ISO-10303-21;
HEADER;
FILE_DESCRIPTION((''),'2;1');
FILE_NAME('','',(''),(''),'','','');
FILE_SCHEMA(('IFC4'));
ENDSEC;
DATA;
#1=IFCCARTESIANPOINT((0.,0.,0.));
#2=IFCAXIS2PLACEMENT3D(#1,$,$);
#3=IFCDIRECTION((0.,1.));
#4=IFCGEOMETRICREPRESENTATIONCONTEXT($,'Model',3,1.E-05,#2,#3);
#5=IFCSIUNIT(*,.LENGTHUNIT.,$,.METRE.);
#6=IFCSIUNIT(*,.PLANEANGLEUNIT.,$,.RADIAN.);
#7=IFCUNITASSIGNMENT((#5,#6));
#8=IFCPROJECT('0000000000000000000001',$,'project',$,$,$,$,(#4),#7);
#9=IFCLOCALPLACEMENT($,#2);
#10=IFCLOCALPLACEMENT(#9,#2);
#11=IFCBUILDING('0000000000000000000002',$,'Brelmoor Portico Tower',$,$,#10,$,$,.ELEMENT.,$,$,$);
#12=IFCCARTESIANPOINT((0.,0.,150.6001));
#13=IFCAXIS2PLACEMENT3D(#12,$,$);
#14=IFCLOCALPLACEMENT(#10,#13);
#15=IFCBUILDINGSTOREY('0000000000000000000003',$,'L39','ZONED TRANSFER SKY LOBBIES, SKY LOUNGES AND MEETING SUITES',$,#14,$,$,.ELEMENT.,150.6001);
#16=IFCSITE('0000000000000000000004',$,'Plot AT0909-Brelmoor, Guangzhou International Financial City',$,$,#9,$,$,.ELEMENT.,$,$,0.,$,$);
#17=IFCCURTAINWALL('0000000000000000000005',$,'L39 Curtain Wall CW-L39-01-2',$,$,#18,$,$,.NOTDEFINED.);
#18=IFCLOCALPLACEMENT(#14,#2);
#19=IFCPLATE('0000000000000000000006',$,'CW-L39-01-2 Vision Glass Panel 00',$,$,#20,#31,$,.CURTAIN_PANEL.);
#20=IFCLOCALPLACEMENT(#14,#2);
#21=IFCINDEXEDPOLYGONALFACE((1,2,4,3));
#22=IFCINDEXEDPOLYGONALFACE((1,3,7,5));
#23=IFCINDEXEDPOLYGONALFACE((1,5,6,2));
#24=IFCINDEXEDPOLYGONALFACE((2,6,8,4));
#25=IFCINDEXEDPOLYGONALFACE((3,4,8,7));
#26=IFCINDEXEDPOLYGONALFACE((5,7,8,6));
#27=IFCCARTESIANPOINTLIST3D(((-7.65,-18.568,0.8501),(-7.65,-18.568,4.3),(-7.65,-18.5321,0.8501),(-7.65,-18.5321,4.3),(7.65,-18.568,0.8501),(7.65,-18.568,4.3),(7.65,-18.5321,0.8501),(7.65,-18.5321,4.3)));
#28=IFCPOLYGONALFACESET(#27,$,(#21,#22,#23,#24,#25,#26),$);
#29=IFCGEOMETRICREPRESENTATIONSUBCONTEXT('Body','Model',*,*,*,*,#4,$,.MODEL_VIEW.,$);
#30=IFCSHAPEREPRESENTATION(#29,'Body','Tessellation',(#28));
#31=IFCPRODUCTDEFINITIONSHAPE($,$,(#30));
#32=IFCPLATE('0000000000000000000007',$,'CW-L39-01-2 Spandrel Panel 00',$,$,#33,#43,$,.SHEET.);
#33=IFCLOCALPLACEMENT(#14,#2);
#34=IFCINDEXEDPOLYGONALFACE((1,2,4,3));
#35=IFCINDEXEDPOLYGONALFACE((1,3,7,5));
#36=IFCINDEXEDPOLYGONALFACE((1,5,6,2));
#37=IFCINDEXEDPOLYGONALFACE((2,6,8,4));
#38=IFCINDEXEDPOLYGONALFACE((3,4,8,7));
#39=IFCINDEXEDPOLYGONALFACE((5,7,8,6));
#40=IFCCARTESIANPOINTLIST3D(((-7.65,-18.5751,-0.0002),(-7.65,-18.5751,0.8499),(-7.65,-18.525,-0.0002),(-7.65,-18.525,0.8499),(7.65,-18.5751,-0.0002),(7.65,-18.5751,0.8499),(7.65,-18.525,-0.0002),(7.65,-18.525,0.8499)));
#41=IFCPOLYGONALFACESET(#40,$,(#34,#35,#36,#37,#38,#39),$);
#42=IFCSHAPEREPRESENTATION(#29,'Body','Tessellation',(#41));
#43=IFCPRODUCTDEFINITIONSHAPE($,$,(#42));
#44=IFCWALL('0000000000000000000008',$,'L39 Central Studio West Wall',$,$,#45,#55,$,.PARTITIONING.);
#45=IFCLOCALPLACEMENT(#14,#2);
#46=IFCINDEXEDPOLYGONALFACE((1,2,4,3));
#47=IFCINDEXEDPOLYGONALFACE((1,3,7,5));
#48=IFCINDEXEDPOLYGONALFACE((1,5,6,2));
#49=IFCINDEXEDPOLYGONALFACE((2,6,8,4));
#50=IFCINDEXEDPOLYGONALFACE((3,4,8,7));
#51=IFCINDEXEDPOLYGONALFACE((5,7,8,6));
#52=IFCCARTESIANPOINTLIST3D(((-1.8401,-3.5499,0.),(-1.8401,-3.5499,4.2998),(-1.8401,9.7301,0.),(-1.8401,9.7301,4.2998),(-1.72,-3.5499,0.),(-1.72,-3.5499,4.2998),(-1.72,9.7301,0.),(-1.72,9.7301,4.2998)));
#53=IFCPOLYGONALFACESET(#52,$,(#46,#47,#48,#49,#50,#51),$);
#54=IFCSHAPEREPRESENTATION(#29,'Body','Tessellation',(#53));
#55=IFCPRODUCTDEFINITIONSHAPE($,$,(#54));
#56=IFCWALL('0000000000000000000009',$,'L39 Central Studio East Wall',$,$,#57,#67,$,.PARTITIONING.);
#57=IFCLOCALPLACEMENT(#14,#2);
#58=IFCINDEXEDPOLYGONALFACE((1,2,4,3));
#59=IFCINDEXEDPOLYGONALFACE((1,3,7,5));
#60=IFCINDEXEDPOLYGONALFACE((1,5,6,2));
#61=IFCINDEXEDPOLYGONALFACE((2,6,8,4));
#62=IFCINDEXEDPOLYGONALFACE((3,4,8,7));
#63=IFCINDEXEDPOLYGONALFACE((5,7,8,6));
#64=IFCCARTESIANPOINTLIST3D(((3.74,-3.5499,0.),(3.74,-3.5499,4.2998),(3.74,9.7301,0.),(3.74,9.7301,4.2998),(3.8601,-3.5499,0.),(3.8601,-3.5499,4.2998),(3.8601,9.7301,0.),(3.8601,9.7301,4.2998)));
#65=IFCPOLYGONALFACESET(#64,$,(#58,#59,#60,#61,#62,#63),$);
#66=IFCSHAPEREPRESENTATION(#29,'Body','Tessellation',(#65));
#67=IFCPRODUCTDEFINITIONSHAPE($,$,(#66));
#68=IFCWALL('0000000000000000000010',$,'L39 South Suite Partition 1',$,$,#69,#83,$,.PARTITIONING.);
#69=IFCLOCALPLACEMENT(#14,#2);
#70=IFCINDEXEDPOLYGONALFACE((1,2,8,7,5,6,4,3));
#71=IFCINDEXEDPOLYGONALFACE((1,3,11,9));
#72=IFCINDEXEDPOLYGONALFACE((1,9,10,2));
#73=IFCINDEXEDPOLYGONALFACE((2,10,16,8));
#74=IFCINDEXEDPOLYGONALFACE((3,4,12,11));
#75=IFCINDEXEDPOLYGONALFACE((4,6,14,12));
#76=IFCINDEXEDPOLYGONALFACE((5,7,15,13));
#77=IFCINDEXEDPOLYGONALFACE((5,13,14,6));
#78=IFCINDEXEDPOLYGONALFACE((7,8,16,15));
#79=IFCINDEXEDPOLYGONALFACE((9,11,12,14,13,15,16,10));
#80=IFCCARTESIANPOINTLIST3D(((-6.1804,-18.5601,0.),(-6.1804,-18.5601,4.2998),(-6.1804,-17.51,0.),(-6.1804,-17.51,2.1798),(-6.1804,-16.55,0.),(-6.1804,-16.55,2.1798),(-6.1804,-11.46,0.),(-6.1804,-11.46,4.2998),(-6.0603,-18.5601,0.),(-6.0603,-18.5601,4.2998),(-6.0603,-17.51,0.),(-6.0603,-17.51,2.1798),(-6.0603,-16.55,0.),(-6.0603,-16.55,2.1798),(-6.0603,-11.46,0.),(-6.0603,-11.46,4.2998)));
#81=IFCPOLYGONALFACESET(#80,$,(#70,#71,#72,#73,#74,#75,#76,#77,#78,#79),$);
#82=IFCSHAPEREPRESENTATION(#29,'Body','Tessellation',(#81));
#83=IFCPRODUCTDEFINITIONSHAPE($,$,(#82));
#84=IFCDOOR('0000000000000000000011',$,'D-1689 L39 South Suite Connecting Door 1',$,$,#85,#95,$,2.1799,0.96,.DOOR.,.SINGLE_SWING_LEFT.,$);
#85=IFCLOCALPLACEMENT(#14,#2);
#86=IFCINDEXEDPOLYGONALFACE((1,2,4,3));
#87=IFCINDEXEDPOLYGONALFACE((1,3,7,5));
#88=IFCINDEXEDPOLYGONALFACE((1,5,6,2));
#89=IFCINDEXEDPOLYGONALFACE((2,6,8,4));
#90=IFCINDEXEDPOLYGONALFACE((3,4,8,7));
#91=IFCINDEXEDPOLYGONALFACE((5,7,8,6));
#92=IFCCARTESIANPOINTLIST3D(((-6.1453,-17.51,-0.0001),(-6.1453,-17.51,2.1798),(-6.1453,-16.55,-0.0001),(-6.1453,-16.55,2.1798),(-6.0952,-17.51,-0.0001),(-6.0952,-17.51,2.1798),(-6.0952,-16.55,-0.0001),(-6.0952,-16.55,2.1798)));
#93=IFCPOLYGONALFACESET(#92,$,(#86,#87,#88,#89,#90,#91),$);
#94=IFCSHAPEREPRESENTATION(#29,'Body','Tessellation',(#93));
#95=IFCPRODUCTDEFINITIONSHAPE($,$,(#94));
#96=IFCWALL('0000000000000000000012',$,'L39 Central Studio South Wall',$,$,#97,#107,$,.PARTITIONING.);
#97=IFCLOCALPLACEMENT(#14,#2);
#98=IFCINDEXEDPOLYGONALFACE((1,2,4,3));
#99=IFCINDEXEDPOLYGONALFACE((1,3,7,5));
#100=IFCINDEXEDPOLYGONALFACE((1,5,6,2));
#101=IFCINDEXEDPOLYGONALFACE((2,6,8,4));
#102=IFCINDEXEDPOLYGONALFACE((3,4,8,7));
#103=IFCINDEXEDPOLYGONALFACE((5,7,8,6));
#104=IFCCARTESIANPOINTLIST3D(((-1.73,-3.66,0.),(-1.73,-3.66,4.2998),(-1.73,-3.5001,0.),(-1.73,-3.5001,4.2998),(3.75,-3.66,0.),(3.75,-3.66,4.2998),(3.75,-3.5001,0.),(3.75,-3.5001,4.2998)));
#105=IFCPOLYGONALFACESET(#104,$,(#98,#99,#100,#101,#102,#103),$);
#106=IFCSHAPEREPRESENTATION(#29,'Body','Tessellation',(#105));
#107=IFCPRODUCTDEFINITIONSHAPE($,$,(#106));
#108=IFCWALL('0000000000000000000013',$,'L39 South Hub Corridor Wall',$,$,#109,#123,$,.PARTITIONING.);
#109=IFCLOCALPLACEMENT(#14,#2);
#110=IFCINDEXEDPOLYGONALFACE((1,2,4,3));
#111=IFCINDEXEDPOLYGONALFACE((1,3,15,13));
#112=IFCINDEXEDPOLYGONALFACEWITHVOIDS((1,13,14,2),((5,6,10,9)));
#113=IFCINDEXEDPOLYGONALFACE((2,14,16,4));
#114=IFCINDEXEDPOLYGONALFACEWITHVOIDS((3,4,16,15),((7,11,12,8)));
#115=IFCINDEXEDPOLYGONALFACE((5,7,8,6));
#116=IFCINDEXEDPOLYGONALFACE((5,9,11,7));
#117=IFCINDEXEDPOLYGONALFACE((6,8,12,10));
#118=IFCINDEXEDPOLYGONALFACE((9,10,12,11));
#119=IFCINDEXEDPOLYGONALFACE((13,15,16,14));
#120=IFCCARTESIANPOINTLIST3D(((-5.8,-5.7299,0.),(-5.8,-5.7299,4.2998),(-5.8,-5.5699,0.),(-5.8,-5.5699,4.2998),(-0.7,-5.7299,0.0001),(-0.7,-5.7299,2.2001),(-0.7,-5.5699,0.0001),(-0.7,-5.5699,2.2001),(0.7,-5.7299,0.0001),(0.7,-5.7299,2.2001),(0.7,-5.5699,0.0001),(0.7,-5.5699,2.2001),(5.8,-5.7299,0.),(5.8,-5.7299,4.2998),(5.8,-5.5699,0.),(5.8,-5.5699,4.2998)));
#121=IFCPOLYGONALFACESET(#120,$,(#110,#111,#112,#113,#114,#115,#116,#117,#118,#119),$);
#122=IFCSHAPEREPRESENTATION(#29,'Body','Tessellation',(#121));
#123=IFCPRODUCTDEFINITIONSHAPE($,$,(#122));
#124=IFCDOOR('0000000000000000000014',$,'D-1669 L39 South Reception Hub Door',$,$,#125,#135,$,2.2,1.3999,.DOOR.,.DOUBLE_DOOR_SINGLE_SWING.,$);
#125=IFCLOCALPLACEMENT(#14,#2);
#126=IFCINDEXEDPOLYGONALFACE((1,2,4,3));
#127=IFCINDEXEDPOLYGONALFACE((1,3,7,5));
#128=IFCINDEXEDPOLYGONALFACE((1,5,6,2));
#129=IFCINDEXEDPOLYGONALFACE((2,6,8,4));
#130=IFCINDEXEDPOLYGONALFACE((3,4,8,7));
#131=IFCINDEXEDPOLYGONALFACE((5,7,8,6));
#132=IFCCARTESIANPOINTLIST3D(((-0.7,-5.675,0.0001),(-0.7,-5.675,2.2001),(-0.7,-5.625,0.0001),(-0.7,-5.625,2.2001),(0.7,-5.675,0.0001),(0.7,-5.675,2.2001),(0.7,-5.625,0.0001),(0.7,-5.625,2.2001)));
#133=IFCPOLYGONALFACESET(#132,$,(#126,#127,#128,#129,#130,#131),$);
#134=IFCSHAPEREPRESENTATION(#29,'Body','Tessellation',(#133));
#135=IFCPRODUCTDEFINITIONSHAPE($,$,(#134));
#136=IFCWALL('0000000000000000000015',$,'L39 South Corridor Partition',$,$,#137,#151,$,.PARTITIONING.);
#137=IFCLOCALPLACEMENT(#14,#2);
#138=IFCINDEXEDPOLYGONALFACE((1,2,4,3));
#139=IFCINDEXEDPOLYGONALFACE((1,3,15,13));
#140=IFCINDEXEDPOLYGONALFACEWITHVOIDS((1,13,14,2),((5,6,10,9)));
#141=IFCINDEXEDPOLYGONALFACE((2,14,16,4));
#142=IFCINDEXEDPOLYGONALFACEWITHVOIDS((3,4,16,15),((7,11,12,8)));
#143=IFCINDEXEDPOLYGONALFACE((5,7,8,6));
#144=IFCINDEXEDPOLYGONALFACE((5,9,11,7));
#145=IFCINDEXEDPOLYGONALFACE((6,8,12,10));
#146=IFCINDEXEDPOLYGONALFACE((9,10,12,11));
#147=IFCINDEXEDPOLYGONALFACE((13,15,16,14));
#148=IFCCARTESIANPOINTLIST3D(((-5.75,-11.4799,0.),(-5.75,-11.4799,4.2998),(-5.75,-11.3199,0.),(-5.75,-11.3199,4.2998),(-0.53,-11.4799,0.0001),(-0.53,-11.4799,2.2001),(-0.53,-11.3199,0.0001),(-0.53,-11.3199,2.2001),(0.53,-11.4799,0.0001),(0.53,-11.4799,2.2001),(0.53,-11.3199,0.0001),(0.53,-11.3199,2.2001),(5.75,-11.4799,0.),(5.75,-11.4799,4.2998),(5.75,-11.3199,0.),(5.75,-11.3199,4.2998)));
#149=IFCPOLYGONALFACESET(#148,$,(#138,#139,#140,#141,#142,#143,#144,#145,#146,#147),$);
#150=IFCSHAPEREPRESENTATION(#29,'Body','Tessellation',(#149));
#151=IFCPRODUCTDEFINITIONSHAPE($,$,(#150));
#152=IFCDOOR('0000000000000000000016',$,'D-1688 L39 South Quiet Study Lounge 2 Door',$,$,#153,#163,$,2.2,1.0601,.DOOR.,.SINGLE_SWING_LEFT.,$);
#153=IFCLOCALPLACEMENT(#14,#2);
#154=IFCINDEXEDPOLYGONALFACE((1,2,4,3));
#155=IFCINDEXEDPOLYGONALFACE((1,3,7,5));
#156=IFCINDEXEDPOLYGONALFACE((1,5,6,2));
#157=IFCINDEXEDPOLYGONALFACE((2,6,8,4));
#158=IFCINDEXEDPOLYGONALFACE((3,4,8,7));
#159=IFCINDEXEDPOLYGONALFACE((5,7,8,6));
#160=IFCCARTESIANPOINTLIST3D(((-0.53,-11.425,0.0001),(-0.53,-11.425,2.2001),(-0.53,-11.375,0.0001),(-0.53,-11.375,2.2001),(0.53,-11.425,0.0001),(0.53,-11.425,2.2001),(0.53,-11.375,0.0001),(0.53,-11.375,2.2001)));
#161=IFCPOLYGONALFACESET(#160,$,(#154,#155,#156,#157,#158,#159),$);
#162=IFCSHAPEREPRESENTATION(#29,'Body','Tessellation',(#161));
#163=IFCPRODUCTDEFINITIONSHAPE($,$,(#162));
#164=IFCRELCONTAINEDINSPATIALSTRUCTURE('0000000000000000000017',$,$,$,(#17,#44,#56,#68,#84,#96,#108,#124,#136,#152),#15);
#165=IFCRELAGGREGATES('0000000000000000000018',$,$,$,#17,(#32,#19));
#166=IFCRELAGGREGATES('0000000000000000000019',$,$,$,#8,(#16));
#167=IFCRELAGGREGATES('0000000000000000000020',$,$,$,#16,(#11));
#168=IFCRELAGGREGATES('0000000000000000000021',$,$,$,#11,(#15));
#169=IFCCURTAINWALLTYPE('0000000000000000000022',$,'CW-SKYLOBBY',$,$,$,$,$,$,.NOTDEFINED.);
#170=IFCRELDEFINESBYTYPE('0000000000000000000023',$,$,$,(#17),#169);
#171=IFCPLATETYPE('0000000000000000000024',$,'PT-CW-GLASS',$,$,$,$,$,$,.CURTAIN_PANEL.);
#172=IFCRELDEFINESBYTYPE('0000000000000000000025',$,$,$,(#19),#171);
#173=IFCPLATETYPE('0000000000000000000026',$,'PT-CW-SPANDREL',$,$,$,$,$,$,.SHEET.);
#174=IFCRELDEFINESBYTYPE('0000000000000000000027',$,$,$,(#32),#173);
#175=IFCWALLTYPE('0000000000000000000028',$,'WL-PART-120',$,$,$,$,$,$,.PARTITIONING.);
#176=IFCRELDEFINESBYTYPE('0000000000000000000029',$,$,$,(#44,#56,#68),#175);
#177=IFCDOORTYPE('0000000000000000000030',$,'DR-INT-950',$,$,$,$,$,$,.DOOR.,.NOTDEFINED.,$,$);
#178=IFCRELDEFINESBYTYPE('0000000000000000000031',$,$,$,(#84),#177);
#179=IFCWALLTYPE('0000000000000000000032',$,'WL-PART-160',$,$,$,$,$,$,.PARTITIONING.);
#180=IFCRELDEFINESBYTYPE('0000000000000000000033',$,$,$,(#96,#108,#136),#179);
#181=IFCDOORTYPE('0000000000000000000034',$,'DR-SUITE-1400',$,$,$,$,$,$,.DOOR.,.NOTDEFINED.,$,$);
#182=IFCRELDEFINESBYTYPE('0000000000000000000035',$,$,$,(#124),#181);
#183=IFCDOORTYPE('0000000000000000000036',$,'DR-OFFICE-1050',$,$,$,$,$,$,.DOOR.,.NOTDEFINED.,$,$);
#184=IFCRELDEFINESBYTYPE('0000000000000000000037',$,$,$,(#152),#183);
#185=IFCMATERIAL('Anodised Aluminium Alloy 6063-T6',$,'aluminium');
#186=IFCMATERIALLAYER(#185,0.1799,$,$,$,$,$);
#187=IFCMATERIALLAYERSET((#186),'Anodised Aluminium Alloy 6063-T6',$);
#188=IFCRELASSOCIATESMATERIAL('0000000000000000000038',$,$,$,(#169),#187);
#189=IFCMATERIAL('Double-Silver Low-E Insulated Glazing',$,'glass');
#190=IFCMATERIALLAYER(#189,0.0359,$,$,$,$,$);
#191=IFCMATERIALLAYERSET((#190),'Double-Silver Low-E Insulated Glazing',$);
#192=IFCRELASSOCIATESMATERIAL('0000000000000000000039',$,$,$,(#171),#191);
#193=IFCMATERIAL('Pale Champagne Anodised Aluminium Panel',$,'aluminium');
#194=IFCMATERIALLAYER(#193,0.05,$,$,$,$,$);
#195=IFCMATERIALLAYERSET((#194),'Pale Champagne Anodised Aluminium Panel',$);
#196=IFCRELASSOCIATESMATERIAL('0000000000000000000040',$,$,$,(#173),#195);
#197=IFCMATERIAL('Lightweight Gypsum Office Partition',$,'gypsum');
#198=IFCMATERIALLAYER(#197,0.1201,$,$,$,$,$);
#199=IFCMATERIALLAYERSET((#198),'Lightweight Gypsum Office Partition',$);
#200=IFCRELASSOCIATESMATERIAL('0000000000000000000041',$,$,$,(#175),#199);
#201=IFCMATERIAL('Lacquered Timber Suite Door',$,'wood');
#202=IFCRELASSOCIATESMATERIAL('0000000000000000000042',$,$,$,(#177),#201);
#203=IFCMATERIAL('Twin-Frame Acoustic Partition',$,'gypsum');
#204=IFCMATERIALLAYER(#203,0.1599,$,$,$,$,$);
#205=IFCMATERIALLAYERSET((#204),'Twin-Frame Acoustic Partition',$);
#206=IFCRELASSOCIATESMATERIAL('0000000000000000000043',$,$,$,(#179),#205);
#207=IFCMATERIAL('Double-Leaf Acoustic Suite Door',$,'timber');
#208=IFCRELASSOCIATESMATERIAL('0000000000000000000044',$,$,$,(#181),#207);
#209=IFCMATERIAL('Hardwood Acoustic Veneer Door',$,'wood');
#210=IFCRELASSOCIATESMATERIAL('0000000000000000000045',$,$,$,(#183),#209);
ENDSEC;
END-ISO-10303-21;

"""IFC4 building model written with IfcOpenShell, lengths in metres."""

from ifc_helpers import new_model, si_unit, direction, frame, frame_2d, origin, origin_2d, place, context, subcontext, project, spatial, rectangle, extrude, material, layer, layer_set, type_object, element, fill, aggregate, save


model = new_model("IFC4")

# Units and contexts
model_context = context("Model", 3, precision=1e-05, world=origin(), true_north=direction((0.0, 1.0)))
body_context = subcontext(model_context, "Body", "Model", "MODEL_VIEW")
ifc_project = project(units=[si_unit("LENGTHUNIT", "METRE"), si_unit("PLANEANGLEUNIT", "RADIAN")], contexts=[model_context])

# Site, building, storey
site_placement = place(None, origin())
site = spatial("IfcSite", under=ifc_project, at=site_placement, Name="Plot AT0909-Brelmoor, Guangzhou International Financial City", CompositionType="ELEMENT", RefElevation=0.0)
building_placement = place(site_placement, origin())
building = spatial("IfcBuilding", under=site, at=building_placement, Name="Brelmoor Portico Tower", CompositionType="ELEMENT")
storey_placement = place(building_placement, frame((0.0, 0.0, 150.6001)))
storey = spatial("IfcBuildingStorey", under=building, at=storey_placement, Name="L39", Description="ZONED TRANSFER SKY LOBBIES, SKY LOUNGES AND MEETING SUITES", CompositionType="ELEMENT", Elevation=150.6001)

# Curtain wall
ifc_material_1 = material(Name="Anodised Aluminium Alloy 6063-T6", Category="aluminium")
ifc_layer_1 = layer(ifc_material_1, 0.1799)
ifc_layer_set_1 = layer_set([ifc_layer_1], Name="Anodised Aluminium Alloy 6063-T6")
curtain_wall_type = type_object("IfcCurtainWallType", Name="CW-SKYLOBBY", PredefinedType="NOTDEFINED", material=ifc_layer_set_1)
curtain_wall_placement = place(storey_placement, origin())
curtain_wall = element("IfcCurtainWall", 1, at=curtain_wall_placement, inside=storey, type_object=curtain_wall_type, Name="L39 Curtain Wall CW-L39-01-2", PredefinedType="NOTDEFINED")

# Plates
ifc_material_2 = material(Name="Double-Silver Low-E Insulated Glazing", Category="glass")
ifc_layer_2 = layer(ifc_material_2, 0.0359)
ifc_layer_set_2 = layer_set([ifc_layer_2], Name="Double-Silver Low-E Insulated Glazing")
plate_type_1 = type_object("IfcPlateType", Name="PT-CW-GLASS", PredefinedType="CURTAIN_PANEL", material=ifc_layer_set_2)
plate_1_placement = place(storey_placement, frame((0.0, -18.55, 0.8501), z_axis=(0.0, 0.0, 1.0), x_axis=(1.0, 0.0, 0.0)))
plate_1 = element("IfcPlate", 2, at=plate_1_placement, type_object=plate_type_1, Name="CW-L39-01-2 Vision Glass Panel 00", PredefinedType="CURTAIN_PANEL", context=body_context, shape_type="SweptSolid", body=[
    extrude(rectangle(XDim=15.3, YDim=0.0359, at=origin_2d()), origin(), (0.0, 0.0, 1.0), 3.45),
])
ifc_material_3 = material(Name="Pale Champagne Anodised Aluminium Panel", Category="aluminium")
ifc_layer_3 = layer(ifc_material_3, 0.05)
ifc_layer_set_3 = layer_set([ifc_layer_3], Name="Pale Champagne Anodised Aluminium Panel")
plate_type_2 = type_object("IfcPlateType", Name="PT-CW-SPANDREL", PredefinedType="SHEET", material=ifc_layer_set_3)
plate_2_placement = place(storey_placement, frame((0.0, -18.55, -0.0002), z_axis=(0.0, 0.0, 1.0), x_axis=(1.0, 0.0, 0.0)))
plate_2 = element("IfcPlate", 3, at=plate_2_placement, type_object=plate_type_2, Name="CW-L39-01-2 Spandrel Panel 00", PredefinedType="SHEET", context=body_context, shape_type="SweptSolid", body=[
    extrude(rectangle(XDim=15.3, YDim=0.05, at=origin_2d()), origin(), (0.0, 0.0, 1.0), 0.8501),
])
aggregate(curtain_wall, [plate_2, plate_1])

# Walls
ifc_material_4 = material(Name="Lightweight Gypsum Office Partition", Category="gypsum")
ifc_layer_4 = layer(ifc_material_4, 0.1201)
ifc_layer_set_4 = layer_set([ifc_layer_4], Name="Lightweight Gypsum Office Partition")
wall_type_1 = type_object("IfcWallType", Name="WL-PART-120", PredefinedType="PARTITIONING", material=ifc_layer_set_4)
for number, where, z_axis, x_axis, name in (
    (4, (-1.78, -3.55, 0.0), (0.0, 0.0, 1.0), (0.0, 1.0, 0.0), "L39 Central Studio West Wall"),
    (5, (3.8, -3.55, 0.0), (0.0, 0.0, 1.0), (0.0, 1.0, 0.0), "L39 Central Studio East Wall"),
):
    element("IfcWall", number, at=place(storey_placement, frame(where, z_axis=z_axis, x_axis=x_axis)), inside=storey, type_object=wall_type_1, Name=name, PredefinedType="PARTITIONING", context=body_context, shape_type="SweptSolid", body=[
        extrude(rectangle(XDim=13.28, YDim=0.1201, at=frame_2d((6.6401, 0.0))), origin(), (0.0, 0.0, 1.0), 4.2998),
    ])

# Wall, opening, door
wall_1_placement = place(storey_placement, frame((-6.1204, -18.5601, 0.0), z_axis=(0.0, 0.0, 1.0), x_axis=(0.0, 1.0, 0.0)))
wall_1 = element("IfcWall", 6, at=wall_1_placement, inside=storey, type_object=wall_type_1, Name="L39 South Suite Partition 1", PredefinedType="PARTITIONING", context=body_context, shape_type="SweptSolid", body=[
    extrude(rectangle(XDim=7.1001, YDim=0.1201, at=frame_2d((3.55, 0.0))), origin(), (0.0, 0.0, 1.0), 4.2998),
])
opening_1_placement = place(wall_1_placement, frame((1.05, 0.0, 0.0)))
opening_1 = element("IfcOpeningElement", 7, at=opening_1_placement, cuts=wall_1, PredefinedType="OPENING", context=body_context, shape_type="SweptSolid", body=[
    extrude(rectangle(XDim=0.96, YDim=2.1799, at=frame_2d((0.48, 1.0898))), frame((0.0, 0.0701, 0.0), z_axis=(0.0, -1.0, 0.0), x_axis=(1.0, 0.0, 0.0)), (0.0, 0.0, 1.0), 0.1401),
])
ifc_material_5 = material(Name="Lacquered Timber Suite Door", Category="wood")
door_type_1 = type_object("IfcDoorType", Name="DR-INT-950", OperationType="NOTDEFINED", PredefinedType="DOOR", material=ifc_material_5)
door_1_placement = place(opening_1_placement, origin())
door_1 = element("IfcDoor", 8, at=door_1_placement, inside=storey, type_object=door_type_1, Name="D-1689 L39 South Suite Connecting Door 1", OperationType="SINGLE_SWING_LEFT", OverallHeight=2.1799, OverallWidth=0.96, PredefinedType="DOOR", context=body_context, shape_type="SweptSolid", body=[
    extrude(rectangle(XDim=0.96, YDim=2.1799, at=frame_2d((0.48, 1.0898))), frame((0.0, 0.0249, 0.0), z_axis=(0.0, -1.0, 0.0), x_axis=(1.0, 0.0, 0.0)), (0.0, 0.0, 1.0), 0.05),
])
fill(opening_1, door_1)

# Wall
ifc_material_6 = material(Name="Twin-Frame Acoustic Partition", Category="gypsum")
ifc_layer_5 = layer(ifc_material_6, 0.1599)
ifc_layer_set_5 = layer_set([ifc_layer_5], Name="Twin-Frame Acoustic Partition")
wall_type_2 = type_object("IfcWallType", Name="WL-PART-160", PredefinedType="PARTITIONING", material=ifc_layer_set_5)
wall_2_placement = place(storey_placement, frame((-1.73, -3.5801, 0.0), z_axis=(0.0, 0.0, 1.0), x_axis=(1.0, 0.0, 0.0)))
element("IfcWall", 9, at=wall_2_placement, inside=storey, type_object=wall_type_2, Name="L39 Central Studio South Wall", PredefinedType="PARTITIONING", context=body_context, shape_type="SweptSolid", body=[
    extrude(rectangle(XDim=5.48, YDim=0.1599, at=frame_2d((2.74, 0.0))), origin(), (0.0, 0.0, 1.0), 4.2998),
])

# Walls, openings, doors
wall_3_placement = place(storey_placement, frame((-5.8, -5.6499, 0.0), z_axis=(0.0, 0.0, 1.0), x_axis=(1.0, 0.0, 0.0)))
wall_3 = element("IfcWall", 10, at=wall_3_placement, inside=storey, type_object=wall_type_2, Name="L39 South Hub Corridor Wall", PredefinedType="PARTITIONING", context=body_context, shape_type="SweptSolid", body=[
    extrude(rectangle(XDim=11.6001, YDim=0.1599, at=frame_2d((5.8, 0.0))), origin(), (0.0, 0.0, 1.0), 4.2998),
])
opening_2_placement = place(wall_3_placement, frame((5.1001, 0.0, 0.0)))
opening_2 = element("IfcOpeningElement", 11, at=opening_2_placement, cuts=wall_3, PredefinedType="OPENING", context=body_context, shape_type="SweptSolid", body=[
    extrude(rectangle(XDim=1.3999, YDim=2.2, at=frame_2d((0.7, 1.1001))), frame((0.0, 0.0898, 0.0), z_axis=(0.0, -1.0, 0.0), x_axis=(1.0, 0.0, 0.0)), (0.0, 0.0, 1.0), 0.1799),
])
ifc_material_7 = material(Name="Double-Leaf Acoustic Suite Door", Category="timber")
door_type_2 = type_object("IfcDoorType", Name="DR-SUITE-1400", OperationType="NOTDEFINED", PredefinedType="DOOR", material=ifc_material_7)
door_2_placement = place(opening_2_placement, origin())
door_2 = element("IfcDoor", 12, at=door_2_placement, inside=storey, type_object=door_type_2, Name="D-1669 L39 South Reception Hub Door", OperationType="DOUBLE_DOOR_SINGLE_SWING", OverallHeight=2.2, OverallWidth=1.3999, PredefinedType="DOOR", context=body_context, shape_type="SweptSolid", body=[
    extrude(rectangle(XDim=1.3999, YDim=2.2, at=frame_2d((0.7, 1.1001))), frame((0.0, 0.0249, 0.0), z_axis=(0.0, -1.0, 0.0), x_axis=(1.0, 0.0, 0.0)), (0.0, 0.0, 1.0), 0.05),
])
fill(opening_2, door_2)
wall_4_placement = place(storey_placement, frame((-5.75, -11.3999, 0.0), z_axis=(0.0, 0.0, 1.0), x_axis=(1.0, 0.0, 0.0)))
wall_4 = element("IfcWall", 13, at=wall_4_placement, inside=storey, type_object=wall_type_2, Name="L39 South Corridor Partition", PredefinedType="PARTITIONING", context=body_context, shape_type="SweptSolid", body=[
    extrude(rectangle(XDim=11.5, YDim=0.1599, at=frame_2d((5.75, 0.0))), origin(), (0.0, 0.0, 1.0), 4.2998),
])
opening_3_placement = place(wall_4_placement, frame((5.22, 0.0, 0.0)))
opening_3 = element("IfcOpeningElement", 14, at=opening_3_placement, cuts=wall_4, PredefinedType="OPENING", context=body_context, shape_type="SweptSolid", body=[
    extrude(rectangle(XDim=1.0601, YDim=2.2, at=frame_2d((0.53, 1.1001))), frame((0.0, 0.0898, 0.0), z_axis=(0.0, -1.0, 0.0), x_axis=(1.0, 0.0, 0.0)), (0.0, 0.0, 1.0), 0.1799),
])
ifc_material_8 = material(Name="Hardwood Acoustic Veneer Door", Category="wood")
door_type_3 = type_object("IfcDoorType", Name="DR-OFFICE-1050", OperationType="NOTDEFINED", PredefinedType="DOOR", material=ifc_material_8)
door_3_placement = place(opening_3_placement, origin())
door_3 = element("IfcDoor", 15, at=door_3_placement, inside=storey, type_object=door_type_3, Name="D-1688 L39 South Quiet Study Lounge 2 Door", OperationType="SINGLE_SWING_LEFT", OverallHeight=2.2, OverallWidth=1.0601, PredefinedType="DOOR", context=body_context, shape_type="SweptSolid", body=[
    extrude(rectangle(XDim=1.0601, YDim=2.2, at=frame_2d((0.53, 1.1001))), frame((0.0, 0.0249, 0.0), z_axis=(0.0, -1.0, 0.0), x_axis=(1.0, 0.0, 0.0)), (0.0, 0.0, 1.0), 0.05),
])
fill(opening_3, door_3)

save(model, "model.ifc")
